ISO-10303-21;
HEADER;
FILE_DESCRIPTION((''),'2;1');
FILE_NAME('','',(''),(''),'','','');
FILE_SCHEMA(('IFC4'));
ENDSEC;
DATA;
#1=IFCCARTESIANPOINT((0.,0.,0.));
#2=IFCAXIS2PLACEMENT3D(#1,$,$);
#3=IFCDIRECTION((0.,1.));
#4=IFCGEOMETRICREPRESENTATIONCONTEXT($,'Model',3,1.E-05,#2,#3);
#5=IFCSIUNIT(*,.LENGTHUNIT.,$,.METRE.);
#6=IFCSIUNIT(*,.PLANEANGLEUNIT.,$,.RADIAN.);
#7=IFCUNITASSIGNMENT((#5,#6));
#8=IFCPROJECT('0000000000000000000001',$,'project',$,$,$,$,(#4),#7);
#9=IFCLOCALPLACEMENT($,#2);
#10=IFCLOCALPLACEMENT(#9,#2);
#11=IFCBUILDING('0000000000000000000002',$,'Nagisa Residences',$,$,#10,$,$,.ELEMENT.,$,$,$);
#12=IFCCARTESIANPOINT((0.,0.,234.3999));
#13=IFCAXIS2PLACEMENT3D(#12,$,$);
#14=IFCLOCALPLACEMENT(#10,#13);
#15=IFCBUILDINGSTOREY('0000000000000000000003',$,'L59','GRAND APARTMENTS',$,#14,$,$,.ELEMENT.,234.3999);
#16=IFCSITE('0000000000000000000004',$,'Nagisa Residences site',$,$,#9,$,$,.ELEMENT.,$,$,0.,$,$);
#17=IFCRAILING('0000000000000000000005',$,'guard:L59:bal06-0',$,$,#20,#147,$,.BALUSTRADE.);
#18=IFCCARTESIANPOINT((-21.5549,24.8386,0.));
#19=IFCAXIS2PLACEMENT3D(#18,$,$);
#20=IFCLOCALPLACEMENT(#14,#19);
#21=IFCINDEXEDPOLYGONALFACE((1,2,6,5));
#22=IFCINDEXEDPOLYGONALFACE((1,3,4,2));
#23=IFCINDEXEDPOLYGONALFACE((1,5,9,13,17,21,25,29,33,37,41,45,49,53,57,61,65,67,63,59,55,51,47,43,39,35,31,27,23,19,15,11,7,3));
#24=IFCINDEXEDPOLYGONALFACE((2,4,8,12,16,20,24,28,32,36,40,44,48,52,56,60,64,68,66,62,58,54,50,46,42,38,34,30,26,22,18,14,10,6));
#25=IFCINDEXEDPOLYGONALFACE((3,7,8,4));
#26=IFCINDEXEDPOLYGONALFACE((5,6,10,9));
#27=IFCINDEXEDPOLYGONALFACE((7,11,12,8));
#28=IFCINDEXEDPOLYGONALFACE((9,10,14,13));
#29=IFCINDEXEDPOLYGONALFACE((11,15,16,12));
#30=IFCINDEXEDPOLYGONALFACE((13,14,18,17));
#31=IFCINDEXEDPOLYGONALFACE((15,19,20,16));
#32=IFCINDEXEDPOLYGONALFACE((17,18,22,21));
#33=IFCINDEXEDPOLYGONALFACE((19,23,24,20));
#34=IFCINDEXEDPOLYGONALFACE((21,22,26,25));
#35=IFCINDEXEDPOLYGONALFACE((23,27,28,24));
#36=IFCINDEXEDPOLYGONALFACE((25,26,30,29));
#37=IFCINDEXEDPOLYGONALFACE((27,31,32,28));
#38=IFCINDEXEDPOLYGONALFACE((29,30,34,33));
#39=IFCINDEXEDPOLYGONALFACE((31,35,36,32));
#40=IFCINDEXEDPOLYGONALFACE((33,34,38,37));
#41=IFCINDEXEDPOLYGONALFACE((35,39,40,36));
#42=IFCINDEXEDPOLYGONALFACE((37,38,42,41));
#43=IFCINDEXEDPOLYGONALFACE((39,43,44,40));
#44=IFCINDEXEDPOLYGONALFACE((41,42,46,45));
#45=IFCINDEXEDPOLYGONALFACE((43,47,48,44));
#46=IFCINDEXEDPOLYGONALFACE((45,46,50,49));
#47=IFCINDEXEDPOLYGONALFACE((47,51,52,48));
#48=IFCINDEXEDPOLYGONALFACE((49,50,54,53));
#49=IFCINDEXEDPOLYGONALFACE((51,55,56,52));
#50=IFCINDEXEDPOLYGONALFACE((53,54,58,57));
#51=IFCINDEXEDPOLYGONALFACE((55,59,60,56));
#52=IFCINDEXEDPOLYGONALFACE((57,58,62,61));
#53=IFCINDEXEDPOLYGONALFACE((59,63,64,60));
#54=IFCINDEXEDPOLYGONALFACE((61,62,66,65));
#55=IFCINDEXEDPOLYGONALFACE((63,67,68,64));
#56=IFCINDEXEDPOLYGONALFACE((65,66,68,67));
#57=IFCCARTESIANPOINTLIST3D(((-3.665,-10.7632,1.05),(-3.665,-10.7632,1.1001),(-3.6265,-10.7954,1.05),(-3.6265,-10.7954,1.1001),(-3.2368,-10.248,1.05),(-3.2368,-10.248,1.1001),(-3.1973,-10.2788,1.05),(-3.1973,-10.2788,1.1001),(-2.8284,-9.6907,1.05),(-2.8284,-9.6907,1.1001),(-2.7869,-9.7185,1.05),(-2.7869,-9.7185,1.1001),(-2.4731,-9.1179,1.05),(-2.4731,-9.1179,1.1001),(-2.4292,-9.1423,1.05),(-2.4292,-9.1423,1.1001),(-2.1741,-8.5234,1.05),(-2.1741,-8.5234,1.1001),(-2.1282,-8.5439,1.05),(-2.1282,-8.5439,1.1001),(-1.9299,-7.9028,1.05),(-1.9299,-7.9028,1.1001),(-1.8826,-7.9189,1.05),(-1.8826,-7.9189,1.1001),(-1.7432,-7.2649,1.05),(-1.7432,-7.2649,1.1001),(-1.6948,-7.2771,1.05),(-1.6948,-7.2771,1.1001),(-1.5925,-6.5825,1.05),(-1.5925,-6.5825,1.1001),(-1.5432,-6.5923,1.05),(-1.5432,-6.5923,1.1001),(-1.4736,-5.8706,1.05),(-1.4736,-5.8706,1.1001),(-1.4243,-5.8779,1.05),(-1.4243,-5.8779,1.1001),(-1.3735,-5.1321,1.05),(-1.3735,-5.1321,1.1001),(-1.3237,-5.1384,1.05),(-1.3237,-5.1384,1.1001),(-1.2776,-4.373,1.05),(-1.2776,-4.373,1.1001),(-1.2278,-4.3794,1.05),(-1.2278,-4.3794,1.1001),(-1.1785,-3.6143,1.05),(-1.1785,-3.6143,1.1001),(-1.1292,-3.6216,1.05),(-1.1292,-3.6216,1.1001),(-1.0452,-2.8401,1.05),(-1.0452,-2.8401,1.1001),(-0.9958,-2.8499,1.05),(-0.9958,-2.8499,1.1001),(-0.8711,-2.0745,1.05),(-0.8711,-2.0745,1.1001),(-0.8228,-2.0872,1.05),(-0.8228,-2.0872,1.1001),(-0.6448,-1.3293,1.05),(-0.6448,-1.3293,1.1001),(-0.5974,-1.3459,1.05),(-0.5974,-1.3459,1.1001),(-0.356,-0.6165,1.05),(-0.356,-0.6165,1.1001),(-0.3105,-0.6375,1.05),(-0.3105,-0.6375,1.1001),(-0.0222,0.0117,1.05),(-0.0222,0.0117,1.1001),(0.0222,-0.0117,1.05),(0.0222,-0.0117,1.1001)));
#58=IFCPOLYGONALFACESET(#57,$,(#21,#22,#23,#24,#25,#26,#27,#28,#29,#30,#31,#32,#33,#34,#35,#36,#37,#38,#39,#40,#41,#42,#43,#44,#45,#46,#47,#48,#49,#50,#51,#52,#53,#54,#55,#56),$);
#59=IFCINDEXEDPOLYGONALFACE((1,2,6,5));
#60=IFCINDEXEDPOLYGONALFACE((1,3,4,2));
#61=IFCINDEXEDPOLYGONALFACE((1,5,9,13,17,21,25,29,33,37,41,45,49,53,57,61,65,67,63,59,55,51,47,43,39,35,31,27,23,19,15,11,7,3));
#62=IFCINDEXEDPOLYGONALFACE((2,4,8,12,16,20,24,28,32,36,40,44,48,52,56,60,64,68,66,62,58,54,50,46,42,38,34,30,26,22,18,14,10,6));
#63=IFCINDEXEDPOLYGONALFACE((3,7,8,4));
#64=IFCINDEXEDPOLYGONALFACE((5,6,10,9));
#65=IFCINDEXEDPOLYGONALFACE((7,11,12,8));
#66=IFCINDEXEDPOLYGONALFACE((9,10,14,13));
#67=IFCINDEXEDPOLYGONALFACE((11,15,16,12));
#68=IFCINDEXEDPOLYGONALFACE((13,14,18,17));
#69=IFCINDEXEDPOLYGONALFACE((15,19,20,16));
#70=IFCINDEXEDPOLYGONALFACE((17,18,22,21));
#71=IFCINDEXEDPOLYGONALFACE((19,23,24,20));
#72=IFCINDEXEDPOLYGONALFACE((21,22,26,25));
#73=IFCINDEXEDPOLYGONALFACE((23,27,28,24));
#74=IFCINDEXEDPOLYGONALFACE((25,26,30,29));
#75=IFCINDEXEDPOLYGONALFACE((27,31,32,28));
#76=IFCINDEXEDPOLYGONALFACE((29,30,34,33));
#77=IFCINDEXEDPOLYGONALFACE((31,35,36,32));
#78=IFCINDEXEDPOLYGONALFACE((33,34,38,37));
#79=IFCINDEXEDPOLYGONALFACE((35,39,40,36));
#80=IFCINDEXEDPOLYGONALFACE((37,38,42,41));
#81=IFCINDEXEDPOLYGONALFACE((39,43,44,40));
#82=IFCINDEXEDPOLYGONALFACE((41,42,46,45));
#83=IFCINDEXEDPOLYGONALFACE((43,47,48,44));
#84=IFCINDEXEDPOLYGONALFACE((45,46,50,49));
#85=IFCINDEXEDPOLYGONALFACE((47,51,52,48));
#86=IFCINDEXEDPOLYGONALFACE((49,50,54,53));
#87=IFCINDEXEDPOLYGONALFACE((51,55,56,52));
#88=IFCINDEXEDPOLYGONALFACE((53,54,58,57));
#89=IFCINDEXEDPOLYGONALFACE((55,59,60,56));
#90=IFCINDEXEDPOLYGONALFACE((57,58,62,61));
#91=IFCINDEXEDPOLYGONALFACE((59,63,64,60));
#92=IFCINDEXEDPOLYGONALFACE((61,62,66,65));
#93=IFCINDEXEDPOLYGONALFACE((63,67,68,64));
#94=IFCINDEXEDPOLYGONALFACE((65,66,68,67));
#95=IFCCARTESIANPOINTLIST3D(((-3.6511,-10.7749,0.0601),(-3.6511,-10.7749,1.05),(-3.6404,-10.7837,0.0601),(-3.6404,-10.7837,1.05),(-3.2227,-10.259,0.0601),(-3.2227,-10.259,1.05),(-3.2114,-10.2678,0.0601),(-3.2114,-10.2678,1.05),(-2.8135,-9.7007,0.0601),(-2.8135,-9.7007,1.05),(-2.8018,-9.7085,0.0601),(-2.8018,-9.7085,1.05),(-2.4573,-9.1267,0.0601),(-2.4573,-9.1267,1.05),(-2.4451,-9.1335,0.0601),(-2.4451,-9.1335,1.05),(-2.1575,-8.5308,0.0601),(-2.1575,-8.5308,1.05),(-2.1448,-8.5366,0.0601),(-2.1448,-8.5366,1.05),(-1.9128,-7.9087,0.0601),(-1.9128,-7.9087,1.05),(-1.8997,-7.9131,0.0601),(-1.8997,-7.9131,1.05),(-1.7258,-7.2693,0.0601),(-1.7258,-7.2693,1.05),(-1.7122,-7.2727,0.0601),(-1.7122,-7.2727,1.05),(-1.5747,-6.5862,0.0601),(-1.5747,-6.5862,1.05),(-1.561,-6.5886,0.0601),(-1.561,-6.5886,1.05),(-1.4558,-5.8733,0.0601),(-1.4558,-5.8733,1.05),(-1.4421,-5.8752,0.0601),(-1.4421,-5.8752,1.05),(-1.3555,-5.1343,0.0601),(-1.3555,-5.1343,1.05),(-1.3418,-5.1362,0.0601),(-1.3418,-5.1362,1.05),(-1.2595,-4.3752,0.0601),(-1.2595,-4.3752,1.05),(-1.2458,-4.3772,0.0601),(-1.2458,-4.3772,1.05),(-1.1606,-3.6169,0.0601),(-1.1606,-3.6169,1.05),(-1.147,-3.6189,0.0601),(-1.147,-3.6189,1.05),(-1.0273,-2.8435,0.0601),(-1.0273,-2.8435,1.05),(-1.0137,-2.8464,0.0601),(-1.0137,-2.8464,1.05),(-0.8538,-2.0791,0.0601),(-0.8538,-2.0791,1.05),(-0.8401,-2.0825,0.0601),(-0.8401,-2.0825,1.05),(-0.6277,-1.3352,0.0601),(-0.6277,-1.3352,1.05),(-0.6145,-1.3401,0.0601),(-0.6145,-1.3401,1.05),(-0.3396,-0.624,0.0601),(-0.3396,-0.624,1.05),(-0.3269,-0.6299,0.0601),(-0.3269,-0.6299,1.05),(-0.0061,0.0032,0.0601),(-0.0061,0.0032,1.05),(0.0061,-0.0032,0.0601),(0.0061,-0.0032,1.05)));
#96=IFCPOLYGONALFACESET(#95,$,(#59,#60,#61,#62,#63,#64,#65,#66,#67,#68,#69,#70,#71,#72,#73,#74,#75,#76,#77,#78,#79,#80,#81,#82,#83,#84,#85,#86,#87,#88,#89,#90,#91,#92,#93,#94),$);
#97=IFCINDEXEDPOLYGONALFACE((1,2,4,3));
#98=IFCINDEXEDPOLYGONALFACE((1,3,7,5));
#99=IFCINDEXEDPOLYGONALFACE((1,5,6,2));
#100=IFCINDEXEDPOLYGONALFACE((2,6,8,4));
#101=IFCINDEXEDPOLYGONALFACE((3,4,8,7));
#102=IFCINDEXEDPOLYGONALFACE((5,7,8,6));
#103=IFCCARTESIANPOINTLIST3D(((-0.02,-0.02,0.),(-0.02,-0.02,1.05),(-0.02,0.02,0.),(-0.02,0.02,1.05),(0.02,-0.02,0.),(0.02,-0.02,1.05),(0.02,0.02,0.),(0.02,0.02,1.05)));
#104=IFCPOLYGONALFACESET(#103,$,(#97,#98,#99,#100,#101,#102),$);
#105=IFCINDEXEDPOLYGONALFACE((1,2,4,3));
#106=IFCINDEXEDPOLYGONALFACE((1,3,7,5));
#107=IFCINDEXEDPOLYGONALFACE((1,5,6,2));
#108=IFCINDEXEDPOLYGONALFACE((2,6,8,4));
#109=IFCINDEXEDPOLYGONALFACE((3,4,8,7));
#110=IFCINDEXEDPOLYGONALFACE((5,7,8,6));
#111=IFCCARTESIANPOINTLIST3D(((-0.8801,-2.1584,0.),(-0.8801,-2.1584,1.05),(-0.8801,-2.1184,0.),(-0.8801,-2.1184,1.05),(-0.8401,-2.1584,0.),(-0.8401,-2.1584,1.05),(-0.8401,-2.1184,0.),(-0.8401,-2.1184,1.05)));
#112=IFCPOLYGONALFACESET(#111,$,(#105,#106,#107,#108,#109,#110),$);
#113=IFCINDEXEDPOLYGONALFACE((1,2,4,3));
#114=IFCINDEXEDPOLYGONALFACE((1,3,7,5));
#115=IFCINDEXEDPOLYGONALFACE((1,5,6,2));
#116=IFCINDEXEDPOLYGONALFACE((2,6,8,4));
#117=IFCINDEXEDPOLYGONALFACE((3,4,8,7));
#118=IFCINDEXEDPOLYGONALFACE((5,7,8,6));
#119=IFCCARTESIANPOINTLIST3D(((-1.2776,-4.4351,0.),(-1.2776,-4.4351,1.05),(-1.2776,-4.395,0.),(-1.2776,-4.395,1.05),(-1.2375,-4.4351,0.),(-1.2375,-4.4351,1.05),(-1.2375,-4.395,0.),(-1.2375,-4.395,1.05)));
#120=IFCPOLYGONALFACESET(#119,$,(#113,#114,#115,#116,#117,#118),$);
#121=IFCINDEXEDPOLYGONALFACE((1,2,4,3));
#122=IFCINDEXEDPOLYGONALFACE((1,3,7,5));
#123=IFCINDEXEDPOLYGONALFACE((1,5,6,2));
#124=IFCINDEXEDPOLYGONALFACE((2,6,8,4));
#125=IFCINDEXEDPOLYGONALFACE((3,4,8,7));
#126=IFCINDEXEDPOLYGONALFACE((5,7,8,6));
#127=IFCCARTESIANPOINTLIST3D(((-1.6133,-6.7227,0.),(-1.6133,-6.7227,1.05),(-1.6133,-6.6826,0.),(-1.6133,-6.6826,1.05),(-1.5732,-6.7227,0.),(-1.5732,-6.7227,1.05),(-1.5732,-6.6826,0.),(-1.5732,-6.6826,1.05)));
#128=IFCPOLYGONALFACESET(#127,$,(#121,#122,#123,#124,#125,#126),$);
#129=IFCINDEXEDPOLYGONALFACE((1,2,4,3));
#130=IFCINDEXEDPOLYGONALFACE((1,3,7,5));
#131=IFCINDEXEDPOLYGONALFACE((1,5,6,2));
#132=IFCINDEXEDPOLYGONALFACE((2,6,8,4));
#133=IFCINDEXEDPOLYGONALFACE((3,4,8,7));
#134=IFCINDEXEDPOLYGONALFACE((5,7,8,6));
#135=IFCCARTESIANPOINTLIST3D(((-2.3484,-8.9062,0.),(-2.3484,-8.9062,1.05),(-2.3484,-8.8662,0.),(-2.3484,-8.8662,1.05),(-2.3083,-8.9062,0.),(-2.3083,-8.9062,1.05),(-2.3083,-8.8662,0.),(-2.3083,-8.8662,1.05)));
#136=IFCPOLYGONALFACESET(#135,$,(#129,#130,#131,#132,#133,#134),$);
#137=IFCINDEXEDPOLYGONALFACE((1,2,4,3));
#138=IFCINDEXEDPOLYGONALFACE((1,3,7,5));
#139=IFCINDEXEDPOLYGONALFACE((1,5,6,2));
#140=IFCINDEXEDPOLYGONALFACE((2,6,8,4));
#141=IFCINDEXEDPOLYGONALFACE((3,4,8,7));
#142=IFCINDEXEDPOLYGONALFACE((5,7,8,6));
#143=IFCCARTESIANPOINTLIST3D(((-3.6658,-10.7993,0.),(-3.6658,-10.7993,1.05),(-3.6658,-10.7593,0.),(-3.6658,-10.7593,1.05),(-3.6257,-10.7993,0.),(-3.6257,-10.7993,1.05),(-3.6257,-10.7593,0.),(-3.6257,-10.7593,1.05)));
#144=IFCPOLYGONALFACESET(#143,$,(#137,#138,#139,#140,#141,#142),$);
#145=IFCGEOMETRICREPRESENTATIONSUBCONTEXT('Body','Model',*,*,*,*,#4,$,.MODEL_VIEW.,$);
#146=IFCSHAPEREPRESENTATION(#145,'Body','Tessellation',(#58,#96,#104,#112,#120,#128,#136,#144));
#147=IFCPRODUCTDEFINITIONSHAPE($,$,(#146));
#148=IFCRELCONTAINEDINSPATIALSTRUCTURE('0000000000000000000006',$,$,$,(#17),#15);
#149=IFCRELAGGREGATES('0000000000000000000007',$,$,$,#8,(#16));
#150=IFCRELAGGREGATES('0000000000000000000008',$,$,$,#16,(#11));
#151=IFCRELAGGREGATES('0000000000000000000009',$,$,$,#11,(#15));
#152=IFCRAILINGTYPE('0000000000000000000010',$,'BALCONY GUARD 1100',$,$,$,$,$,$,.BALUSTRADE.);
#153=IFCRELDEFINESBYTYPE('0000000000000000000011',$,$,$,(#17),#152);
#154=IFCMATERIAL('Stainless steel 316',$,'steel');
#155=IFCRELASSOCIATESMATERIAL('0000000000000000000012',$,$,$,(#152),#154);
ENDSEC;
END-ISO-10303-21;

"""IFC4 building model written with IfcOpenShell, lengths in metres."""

from ifc_helpers import new_model, si_unit, direction, frame, origin, origin_2d, place, context, subcontext, project, spatial, polyline, rectangle, outline, extrude, material, type_object, element, save


model = new_model("IFC4")

# Units and contexts
model_context = context("Model", 3, precision=1e-05, world=origin(), true_north=direction((0.0, 1.0)))
body_context = subcontext(model_context, "Body", "Model", "MODEL_VIEW")
ifc_project = project(units=[si_unit("LENGTHUNIT", "METRE"), si_unit("PLANEANGLEUNIT", "RADIAN")], contexts=[model_context])

# Site, building, storey
site_placement = place(None, origin())
site = spatial("IfcSite", under=ifc_project, at=site_placement, Name="Nagisa Residences site", CompositionType="ELEMENT", RefElevation=0.0)
building_placement = place(site_placement, origin())
building = spatial("IfcBuilding", under=site, at=building_placement, Name="Nagisa Residences", CompositionType="ELEMENT")
storey_placement = place(building_placement, frame((0.0, 0.0, 234.3999)))
storey = spatial("IfcBuildingStorey", under=building, at=storey_placement, Name="L59", Description="GRAND APARTMENTS", CompositionType="ELEMENT", Elevation=234.3999)

# Railing
ifc_material_1 = material(Name="Stainless steel 316", Category="steel")
railing_type = type_object("IfcRailingType", Name="BALCONY GUARD 1100", PredefinedType="BALUSTRADE", material=ifc_material_1)
railing_1_placement = place(storey_placement, frame((-21.5549, 24.8386, 0.0)))
element("IfcRailing", 1, at=railing_1_placement, inside=storey, type_object=railing_type, Name="guard:L59:bal06-0", PredefinedType="BALUSTRADE", context=body_context, shape_type="SweptSolid", body=[
    extrude(outline(polyline([(-0.3105, -0.6375), (0.0222, -0.0117), (-0.0222, 0.0117), (-0.356, -0.6165), (-0.6448, -1.3293), (-0.8711, -2.0745), (-1.0452, -2.8401), (-1.1785, -3.6143), (-1.2776, -4.373), (-1.3735, -5.1321), (-1.4736, -5.8706), (-1.5925, -6.5825), (-1.7432, -7.2649), (-1.9299, -7.9028), (-2.1741, -8.5234), (-2.4731, -9.1179), (-2.8284, -9.6907), (-3.2368, -10.248), (-3.665, -10.7632), (-3.6265, -10.7954), (-3.1973, -10.2788), (-2.7869, -9.7185), (-2.4292, -9.1423), (-2.1282, -8.5439), (-1.8826, -7.9189), (-1.6948, -7.2771), (-1.5432, -6.5923), (-1.4243, -5.8779), (-1.3237, -5.1384), (-1.2278, -4.3794), (-1.1292, -3.6216), (-0.9958, -2.8499), (-0.8228, -2.0872), (-0.5974, -1.3459), (-0.3105, -0.6375)])), frame((0.0, 0.0, 1.05)), (0.0, 0.0, 1.0), 0.05),
    extrude(outline(polyline([(-0.3269, -0.6299), (0.0061, -0.0032), (-0.0061, 0.0032), (-0.3396, -0.624), (-0.6277, -1.3352), (-0.8538, -2.0791), (-1.0273, -2.8435), (-1.1606, -3.6169), (-1.2595, -4.3752), (-1.3555, -5.1343), (-1.4558, -5.8733), (-1.5747, -6.5862), (-1.7258, -7.2693), (-1.9128, -7.9087), (-2.1575, -8.5308), (-2.4573, -9.1267), (-2.8135, -9.7007), (-3.2227, -10.259), (-3.6511, -10.7749), (-3.6404, -10.7837), (-3.2114, -10.2678), (-2.8018, -9.7085), (-2.4451, -9.1335), (-2.1448, -8.5366), (-1.8997, -7.9131), (-1.7122, -7.2727), (-1.561, -6.5886), (-1.4421, -5.8752), (-1.3418, -5.1362), (-1.2458, -4.3772), (-1.147, -3.6189), (-1.0137, -2.8464), (-0.8401, -2.0825), (-0.6145, -1.3401), (-0.3269, -0.6299)])), frame((0.0, 0.0, 0.0601)), (0.0, 0.0, 1.0), 0.99),
    extrude(rectangle(XDim=0.04, YDim=0.04, at=origin_2d()), origin(), (0.0, 0.0, 1.0), 1.05),
    extrude(rectangle(XDim=0.04, YDim=0.04, at=origin_2d()), frame((-0.8601, -2.1384, 0.0)), (0.0, 0.0, 1.0), 1.05),
    extrude(rectangle(XDim=0.04, YDim=0.04, at=origin_2d()), frame((-1.2576, -4.415, 0.0)), (0.0, 0.0, 1.0), 1.05),
    extrude(rectangle(XDim=0.04, YDim=0.04, at=origin_2d()), frame((-1.5933, -6.7026, 0.0)), (0.0, 0.0, 1.0), 1.05),
    extrude(rectangle(XDim=0.04, YDim=0.04, at=origin_2d()), frame((-2.3284, -8.8862, 0.0)), (0.0, 0.0, 1.0), 1.05),
    extrude(rectangle(XDim=0.04, YDim=0.04, at=origin_2d()), frame((-3.6458, -10.7793, 0.0)), (0.0, 0.0, 1.0), 1.05),
])

save(model, "model.ifc")
